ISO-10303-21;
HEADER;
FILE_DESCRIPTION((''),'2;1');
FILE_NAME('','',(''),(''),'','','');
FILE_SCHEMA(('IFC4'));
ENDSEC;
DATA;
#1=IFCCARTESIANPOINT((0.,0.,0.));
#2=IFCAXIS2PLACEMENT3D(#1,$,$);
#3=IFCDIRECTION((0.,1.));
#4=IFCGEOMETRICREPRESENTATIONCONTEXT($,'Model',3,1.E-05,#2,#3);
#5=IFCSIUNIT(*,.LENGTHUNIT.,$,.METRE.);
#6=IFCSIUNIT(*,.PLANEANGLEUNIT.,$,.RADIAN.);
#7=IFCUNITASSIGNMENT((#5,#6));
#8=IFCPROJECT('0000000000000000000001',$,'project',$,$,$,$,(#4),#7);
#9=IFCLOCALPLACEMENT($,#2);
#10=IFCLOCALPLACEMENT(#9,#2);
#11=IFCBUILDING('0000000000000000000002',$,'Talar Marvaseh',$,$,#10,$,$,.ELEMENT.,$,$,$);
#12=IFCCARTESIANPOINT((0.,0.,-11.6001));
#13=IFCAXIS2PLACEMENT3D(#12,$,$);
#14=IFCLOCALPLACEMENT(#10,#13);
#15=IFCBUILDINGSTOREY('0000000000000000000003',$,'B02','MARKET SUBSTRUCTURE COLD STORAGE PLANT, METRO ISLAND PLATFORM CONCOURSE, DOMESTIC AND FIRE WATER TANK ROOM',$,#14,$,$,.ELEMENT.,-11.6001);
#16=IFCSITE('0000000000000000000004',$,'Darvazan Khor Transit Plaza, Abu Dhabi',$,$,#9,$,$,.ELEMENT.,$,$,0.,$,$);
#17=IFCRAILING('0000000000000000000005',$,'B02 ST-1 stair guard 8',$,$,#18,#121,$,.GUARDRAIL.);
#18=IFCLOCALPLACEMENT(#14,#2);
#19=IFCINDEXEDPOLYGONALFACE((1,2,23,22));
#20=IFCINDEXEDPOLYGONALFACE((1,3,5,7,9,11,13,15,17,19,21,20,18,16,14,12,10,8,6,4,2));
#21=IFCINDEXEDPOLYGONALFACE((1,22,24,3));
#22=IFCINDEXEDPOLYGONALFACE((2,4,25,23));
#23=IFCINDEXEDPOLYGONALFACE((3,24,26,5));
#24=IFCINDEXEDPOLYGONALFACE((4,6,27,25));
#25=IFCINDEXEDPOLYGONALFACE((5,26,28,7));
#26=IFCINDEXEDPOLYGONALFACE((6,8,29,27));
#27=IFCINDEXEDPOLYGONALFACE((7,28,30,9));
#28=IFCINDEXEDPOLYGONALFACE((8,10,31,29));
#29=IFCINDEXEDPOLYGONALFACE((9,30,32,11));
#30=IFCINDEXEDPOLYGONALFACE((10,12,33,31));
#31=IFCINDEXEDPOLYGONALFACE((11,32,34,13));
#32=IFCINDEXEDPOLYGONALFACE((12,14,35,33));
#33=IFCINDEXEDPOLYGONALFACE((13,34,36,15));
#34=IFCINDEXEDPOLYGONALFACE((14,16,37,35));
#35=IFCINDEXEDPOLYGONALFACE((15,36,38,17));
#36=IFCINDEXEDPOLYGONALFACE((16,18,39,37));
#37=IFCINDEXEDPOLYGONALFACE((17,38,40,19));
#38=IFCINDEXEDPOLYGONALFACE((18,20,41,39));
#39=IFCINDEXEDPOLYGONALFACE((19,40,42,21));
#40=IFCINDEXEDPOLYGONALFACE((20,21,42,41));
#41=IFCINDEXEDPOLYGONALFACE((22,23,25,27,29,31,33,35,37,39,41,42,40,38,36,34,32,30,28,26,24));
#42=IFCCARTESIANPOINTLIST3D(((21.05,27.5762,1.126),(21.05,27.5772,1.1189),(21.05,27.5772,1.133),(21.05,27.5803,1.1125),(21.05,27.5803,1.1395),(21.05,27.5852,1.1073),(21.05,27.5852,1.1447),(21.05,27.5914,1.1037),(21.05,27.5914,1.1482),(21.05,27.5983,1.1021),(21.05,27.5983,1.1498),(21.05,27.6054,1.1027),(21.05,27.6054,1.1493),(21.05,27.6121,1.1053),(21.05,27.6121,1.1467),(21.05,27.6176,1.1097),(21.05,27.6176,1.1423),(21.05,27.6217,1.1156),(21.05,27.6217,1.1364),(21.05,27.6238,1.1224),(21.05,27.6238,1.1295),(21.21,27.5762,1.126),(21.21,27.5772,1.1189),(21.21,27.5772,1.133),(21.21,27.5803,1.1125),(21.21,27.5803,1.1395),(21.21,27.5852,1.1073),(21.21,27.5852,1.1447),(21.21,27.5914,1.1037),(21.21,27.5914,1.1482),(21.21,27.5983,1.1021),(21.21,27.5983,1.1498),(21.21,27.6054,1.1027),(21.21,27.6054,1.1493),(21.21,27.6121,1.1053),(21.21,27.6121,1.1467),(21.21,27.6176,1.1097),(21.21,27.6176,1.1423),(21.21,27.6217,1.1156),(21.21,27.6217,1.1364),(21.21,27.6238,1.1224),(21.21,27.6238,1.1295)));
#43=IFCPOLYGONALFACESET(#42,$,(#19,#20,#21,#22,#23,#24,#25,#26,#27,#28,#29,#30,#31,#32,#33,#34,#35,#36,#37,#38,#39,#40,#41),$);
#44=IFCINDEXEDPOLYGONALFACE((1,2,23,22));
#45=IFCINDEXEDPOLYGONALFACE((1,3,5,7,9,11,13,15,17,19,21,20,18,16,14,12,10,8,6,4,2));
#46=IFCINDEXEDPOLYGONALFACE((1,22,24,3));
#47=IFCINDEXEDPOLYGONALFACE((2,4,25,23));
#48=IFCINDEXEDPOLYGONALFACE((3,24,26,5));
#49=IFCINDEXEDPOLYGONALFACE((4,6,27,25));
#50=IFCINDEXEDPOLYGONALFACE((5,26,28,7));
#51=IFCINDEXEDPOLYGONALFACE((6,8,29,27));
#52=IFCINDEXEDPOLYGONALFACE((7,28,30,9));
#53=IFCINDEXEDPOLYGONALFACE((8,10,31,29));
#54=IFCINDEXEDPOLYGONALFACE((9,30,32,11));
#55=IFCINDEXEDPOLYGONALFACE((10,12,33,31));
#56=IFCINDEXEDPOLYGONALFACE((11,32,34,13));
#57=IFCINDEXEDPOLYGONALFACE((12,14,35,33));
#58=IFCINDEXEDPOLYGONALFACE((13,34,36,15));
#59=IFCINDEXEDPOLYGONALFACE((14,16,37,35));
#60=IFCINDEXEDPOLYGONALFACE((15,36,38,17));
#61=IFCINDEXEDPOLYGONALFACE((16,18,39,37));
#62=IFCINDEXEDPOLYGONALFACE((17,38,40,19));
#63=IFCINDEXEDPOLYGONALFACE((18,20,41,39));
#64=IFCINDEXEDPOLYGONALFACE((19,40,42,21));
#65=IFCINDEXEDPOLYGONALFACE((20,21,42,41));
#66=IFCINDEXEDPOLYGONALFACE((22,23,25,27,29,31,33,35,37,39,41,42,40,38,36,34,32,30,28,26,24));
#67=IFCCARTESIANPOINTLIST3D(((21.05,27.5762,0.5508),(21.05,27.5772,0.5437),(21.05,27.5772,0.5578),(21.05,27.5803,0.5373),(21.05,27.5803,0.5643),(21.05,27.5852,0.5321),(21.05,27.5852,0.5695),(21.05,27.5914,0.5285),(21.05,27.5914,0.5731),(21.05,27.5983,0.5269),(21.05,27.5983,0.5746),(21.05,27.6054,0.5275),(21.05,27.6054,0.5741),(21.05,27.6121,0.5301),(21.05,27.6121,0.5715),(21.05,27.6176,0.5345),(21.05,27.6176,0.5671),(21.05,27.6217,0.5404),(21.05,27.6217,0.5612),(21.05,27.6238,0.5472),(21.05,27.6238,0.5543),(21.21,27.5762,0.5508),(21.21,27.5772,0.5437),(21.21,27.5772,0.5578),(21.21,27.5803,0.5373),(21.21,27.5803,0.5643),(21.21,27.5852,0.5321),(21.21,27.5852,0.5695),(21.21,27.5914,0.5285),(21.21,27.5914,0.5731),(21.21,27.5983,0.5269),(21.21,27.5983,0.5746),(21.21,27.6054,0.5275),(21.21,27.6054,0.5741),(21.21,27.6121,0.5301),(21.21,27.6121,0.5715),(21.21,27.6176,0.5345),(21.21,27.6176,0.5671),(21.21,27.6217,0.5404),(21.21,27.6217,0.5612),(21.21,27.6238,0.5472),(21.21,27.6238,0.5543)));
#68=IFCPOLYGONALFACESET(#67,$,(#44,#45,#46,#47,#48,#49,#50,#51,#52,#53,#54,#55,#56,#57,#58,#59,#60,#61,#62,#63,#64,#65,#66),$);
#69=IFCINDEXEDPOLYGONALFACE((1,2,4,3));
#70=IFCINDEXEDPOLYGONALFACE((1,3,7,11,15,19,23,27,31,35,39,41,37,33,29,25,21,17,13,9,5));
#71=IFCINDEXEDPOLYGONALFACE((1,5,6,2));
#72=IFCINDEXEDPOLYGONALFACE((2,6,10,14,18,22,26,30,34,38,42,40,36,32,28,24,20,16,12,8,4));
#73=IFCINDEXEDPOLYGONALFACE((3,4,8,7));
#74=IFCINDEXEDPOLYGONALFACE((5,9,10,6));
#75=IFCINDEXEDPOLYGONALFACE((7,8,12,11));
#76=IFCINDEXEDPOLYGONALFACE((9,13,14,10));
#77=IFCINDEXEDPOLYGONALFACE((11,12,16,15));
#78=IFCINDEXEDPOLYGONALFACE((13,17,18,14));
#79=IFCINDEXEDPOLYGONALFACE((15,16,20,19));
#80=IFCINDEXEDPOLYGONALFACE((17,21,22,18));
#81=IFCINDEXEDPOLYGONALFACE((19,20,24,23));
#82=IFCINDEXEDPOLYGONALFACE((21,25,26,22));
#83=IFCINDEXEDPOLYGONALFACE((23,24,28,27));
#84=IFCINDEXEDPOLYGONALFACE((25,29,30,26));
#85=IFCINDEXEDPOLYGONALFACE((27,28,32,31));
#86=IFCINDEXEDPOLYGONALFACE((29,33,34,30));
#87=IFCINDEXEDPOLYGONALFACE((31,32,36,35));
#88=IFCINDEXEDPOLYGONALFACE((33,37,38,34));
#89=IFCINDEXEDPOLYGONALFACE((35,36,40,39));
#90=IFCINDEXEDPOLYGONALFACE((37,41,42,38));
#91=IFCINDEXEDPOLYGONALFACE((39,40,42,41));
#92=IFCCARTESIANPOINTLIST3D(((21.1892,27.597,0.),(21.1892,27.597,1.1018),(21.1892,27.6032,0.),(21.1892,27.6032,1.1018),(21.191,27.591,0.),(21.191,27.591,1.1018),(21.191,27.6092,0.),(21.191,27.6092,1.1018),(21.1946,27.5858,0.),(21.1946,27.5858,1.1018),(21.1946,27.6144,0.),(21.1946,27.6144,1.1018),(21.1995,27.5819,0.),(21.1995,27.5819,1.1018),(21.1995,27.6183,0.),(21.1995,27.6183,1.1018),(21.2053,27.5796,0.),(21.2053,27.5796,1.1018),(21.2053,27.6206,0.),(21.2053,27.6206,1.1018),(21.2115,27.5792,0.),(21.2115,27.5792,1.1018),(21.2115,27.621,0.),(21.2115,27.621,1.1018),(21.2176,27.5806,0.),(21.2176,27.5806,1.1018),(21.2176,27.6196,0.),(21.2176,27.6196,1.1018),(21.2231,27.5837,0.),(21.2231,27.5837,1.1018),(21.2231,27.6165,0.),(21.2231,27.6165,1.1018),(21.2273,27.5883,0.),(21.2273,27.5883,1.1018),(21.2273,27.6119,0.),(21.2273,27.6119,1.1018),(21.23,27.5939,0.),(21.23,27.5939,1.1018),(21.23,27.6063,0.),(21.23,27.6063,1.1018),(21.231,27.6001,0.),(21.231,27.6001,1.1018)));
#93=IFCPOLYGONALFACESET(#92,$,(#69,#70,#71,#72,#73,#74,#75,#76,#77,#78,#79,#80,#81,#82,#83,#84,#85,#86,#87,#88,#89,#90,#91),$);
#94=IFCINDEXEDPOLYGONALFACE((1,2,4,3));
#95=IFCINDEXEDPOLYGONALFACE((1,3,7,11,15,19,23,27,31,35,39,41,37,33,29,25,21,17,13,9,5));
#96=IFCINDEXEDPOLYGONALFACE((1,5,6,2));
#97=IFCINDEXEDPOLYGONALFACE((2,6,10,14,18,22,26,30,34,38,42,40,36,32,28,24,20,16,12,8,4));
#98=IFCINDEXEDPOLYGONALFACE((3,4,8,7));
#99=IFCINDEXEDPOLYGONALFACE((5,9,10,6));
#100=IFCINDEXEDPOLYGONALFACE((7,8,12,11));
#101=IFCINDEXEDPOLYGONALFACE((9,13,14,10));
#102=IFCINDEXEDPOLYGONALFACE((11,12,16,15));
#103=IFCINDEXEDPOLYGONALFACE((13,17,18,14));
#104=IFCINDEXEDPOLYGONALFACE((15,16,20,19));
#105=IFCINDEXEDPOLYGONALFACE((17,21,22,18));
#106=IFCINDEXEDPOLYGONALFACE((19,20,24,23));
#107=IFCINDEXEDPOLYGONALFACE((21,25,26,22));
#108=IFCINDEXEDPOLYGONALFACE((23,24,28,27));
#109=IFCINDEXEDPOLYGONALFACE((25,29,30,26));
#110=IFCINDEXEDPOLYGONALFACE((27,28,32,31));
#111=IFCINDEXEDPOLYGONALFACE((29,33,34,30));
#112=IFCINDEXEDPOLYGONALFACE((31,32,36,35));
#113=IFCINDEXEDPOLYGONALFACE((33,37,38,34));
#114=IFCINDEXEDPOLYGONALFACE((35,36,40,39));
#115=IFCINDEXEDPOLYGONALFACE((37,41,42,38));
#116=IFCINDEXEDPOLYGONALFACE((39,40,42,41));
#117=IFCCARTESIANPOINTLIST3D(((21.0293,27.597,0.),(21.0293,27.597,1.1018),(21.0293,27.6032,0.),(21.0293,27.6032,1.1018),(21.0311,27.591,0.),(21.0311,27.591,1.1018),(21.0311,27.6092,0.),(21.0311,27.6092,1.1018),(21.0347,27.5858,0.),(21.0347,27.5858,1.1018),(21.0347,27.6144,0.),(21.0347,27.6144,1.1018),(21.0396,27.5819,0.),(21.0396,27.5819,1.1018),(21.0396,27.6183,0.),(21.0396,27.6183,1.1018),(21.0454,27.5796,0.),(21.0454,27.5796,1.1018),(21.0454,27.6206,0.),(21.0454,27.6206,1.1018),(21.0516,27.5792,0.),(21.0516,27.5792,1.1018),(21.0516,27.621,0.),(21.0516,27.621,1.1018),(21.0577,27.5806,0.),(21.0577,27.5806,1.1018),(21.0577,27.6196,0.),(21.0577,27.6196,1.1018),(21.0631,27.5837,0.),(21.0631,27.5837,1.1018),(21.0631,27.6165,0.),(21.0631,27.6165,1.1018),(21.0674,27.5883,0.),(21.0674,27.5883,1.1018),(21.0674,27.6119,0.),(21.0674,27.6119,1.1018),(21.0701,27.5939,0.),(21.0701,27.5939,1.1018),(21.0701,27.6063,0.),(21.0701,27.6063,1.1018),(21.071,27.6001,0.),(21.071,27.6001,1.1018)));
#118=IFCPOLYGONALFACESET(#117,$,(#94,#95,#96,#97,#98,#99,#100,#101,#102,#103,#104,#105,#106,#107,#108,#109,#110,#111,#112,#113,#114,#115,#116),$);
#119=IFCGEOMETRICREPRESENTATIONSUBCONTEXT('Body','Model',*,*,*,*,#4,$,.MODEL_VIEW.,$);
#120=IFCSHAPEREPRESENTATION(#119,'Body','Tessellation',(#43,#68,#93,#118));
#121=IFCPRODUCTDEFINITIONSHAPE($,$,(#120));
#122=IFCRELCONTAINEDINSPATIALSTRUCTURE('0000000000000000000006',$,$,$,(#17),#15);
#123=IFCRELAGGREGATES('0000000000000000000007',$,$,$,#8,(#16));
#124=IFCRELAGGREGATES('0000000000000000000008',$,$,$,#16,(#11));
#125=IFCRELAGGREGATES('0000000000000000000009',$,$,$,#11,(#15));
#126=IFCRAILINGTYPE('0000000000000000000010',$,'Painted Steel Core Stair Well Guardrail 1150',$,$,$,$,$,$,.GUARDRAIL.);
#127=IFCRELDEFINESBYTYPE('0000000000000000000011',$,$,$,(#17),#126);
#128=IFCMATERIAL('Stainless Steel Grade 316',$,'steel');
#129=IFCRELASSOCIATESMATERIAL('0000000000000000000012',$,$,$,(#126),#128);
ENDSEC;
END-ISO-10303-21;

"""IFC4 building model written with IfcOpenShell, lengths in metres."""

from ifc_helpers import new_model, si_unit, direction, frame, origin, origin_2d, place, context, subcontext, project, spatial, circle, extrude, material, type_object, element, save


model = new_model("IFC4")

# Units and contexts
model_context = context("Model", 3, precision=1e-05, world=origin(), true_north=direction((0.0, 1.0)))
body_context = subcontext(model_context, "Body", "Model", "MODEL_VIEW")
ifc_project = project(units=[si_unit("LENGTHUNIT", "METRE"), si_unit("PLANEANGLEUNIT", "RADIAN")], contexts=[model_context])

# Site, building, storey
site_placement = place(None, origin())
site = spatial("IfcSite", under=ifc_project, at=site_placement, Name="Darvazan Khor Transit Plaza, Abu Dhabi", CompositionType="ELEMENT", RefElevation=0.0)
building_placement = place(site_placement, origin())
building = spatial("IfcBuilding", under=site, at=building_placement, Name="Talar Marvaseh", CompositionType="ELEMENT")
storey_placement = place(building_placement, frame((0.0, 0.0, -11.6001)))
storey = spatial("IfcBuildingStorey", under=building, at=storey_placement, Name="B02", Description="MARKET SUBSTRUCTURE COLD STORAGE PLANT, METRO ISLAND PLATFORM CONCOURSE, DOMESTIC AND FIRE WATER TANK ROOM", CompositionType="ELEMENT", Elevation=-11.6001)

# Railing
ifc_material_1 = material(Name="Stainless Steel Grade 316", Category="steel")
railing_type_1 = type_object("IfcRailingType", Name="Painted Steel Core Stair Well Guardrail 1150", PredefinedType="GUARDRAIL", material=ifc_material_1)
railing_1_placement = place(storey_placement, frame((21.21, 27.6001, 0.0)))
element("IfcRailing", 1, at=railing_1_placement, inside=storey, type_object=railing_type_1, Name="B02 ST-1 stair guard 8", PredefinedType="GUARDRAIL", context=body_context, shape_type="SweptSolid", body=[
    extrude(circle(Radius=0.0239, at=origin_2d()), frame((0.0, 0.0, 1.126), z_axis=(-1.0, 0.0, 0.0), x_axis=(0.0, -1.0, 0.0)), (0.0, 0.0, 1.0), 0.1599),
    extrude(circle(Radius=0.0239, at=origin_2d()), frame((0.0, 0.0, 0.5508), z_axis=(-1.0, 0.0, 0.0), x_axis=(0.0, -1.0, 0.0)), (0.0, 0.0, 1.0), 0.1599),
    extrude(circle(Radius=0.021, at=origin_2d()), origin(), (0.0, 0.0, 1.0), 1.1018),
    extrude(circle(Radius=0.021, at=origin_2d()), frame((-0.1599, 0.0, 0.0)), (0.0, 0.0, 1.0), 1.1018),
])

save(model, "model.ifc")
